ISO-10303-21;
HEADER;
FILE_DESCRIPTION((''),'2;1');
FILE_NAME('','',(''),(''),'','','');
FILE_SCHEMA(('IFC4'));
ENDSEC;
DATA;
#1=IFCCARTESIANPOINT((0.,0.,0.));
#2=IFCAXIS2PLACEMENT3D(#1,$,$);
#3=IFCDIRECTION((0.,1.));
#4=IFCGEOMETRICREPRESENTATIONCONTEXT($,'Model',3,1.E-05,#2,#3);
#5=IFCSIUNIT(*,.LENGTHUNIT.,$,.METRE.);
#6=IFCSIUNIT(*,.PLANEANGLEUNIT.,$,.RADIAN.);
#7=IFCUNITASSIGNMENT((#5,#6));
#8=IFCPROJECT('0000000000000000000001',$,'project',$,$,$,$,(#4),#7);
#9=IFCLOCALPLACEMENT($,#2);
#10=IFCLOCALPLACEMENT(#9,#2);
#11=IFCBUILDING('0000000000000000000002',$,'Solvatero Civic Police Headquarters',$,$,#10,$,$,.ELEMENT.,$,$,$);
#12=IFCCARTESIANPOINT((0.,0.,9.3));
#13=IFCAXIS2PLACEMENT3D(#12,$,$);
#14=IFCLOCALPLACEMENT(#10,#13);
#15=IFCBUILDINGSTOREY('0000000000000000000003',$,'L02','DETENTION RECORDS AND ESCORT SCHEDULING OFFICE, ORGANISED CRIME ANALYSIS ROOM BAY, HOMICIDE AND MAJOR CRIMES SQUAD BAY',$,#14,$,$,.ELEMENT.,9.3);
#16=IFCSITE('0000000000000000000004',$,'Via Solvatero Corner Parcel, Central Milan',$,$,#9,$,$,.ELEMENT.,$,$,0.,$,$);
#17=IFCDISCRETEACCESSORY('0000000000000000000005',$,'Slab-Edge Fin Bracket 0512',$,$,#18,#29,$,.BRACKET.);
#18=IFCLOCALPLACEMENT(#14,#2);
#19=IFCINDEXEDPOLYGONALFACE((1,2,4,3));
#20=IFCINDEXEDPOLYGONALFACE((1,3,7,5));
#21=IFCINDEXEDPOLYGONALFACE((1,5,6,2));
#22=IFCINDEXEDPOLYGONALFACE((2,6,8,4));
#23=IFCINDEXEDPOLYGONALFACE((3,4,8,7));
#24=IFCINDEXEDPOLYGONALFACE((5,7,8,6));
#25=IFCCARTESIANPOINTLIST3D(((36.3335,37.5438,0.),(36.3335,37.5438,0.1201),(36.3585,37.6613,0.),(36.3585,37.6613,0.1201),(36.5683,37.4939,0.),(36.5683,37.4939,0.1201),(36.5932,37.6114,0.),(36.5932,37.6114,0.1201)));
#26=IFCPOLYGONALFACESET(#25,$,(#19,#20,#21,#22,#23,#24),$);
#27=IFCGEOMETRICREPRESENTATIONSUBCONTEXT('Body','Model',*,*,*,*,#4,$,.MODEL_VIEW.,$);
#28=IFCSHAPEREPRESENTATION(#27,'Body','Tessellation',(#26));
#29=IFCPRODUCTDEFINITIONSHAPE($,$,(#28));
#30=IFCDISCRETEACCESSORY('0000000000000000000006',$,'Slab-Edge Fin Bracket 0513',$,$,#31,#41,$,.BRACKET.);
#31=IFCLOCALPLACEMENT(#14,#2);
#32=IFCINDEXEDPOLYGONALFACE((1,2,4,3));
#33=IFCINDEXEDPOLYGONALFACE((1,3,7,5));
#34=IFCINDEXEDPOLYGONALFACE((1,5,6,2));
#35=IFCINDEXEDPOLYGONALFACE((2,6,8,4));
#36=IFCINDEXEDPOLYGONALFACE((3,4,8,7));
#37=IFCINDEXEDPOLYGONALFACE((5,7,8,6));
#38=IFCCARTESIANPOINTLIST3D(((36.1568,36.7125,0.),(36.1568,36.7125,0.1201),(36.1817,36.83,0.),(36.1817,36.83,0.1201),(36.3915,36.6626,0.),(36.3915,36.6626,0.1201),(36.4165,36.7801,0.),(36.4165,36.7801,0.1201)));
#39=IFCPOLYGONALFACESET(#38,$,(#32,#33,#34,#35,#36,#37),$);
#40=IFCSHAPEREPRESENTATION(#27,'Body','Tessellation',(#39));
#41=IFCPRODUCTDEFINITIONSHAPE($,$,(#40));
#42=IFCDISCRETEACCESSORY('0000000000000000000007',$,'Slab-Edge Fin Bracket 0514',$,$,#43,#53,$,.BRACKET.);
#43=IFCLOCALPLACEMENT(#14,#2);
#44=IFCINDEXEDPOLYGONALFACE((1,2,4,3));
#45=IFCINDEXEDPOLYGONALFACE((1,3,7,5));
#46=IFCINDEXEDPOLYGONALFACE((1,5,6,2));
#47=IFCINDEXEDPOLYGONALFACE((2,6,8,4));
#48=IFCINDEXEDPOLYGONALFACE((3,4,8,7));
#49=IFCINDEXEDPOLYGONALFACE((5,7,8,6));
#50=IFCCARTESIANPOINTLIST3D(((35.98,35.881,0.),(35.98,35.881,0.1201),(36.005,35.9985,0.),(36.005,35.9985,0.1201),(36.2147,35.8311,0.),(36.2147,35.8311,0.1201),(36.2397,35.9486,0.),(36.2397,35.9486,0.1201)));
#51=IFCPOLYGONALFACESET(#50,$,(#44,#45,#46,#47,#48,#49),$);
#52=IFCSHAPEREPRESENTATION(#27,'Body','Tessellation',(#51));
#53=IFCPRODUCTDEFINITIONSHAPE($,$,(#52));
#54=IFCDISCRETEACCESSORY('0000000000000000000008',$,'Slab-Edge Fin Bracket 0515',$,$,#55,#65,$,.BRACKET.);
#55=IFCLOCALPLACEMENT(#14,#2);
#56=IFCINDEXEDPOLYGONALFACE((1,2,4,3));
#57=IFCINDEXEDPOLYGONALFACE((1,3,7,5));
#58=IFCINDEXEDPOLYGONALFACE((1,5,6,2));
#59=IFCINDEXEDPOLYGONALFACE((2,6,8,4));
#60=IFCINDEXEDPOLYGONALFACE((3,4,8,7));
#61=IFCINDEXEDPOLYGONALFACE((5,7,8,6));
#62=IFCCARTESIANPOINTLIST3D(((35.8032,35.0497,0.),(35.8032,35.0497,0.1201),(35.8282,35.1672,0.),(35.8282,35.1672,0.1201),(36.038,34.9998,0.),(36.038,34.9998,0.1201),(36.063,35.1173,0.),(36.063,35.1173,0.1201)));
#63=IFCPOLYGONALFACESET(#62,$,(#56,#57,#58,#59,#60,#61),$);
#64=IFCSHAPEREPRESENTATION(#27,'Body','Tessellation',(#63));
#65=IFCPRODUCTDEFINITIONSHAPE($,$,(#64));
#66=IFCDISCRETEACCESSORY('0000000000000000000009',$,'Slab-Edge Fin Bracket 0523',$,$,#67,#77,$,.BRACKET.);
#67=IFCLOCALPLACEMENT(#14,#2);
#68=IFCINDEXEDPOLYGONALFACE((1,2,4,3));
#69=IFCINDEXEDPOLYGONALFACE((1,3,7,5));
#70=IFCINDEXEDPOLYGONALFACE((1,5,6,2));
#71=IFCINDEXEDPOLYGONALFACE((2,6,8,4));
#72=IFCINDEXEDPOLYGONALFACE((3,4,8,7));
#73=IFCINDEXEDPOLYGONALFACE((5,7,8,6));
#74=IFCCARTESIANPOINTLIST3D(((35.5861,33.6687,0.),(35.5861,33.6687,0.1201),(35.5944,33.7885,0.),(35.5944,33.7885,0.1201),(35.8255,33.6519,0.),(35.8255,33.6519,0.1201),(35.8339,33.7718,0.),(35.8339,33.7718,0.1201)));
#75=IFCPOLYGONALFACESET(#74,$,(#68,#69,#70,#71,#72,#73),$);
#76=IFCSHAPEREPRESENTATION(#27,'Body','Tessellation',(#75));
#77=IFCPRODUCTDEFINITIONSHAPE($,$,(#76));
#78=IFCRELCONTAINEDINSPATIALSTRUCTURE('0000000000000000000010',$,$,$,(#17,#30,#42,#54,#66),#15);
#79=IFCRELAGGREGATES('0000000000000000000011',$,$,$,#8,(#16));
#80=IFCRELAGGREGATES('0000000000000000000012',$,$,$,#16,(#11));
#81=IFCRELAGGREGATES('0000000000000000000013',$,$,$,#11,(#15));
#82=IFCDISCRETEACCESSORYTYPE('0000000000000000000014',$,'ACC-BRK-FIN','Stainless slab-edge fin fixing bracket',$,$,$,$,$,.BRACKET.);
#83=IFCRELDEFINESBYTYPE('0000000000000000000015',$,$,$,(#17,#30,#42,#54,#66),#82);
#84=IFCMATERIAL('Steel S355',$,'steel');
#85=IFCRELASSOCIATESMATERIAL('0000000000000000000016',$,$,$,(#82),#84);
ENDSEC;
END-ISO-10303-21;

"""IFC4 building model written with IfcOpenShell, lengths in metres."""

from ifc_helpers import new_model, si_unit, direction, frame, origin, origin_2d, place, context, subcontext, project, spatial, rectangle, extrude, material, type_object, element, save


model = new_model("IFC4")

# Units and contexts
model_context = context("Model", 3, precision=1e-05, world=origin(), true_north=direction((0.0, 1.0)))
body_context = subcontext(model_context, "Body", "Model", "MODEL_VIEW")
ifc_project = project(units=[si_unit("LENGTHUNIT", "METRE"), si_unit("PLANEANGLEUNIT", "RADIAN")], contexts=[model_context])

# Site, building, storey
site_placement = place(None, origin())
site = spatial("IfcSite", under=ifc_project, at=site_placement, Name="Via Solvatero Corner Parcel, Central Milan", CompositionType="ELEMENT", RefElevation=0.0)
building_placement = place(site_placement, origin())
building = spatial("IfcBuilding", under=site, at=building_placement, Name="Solvatero Civic Police Headquarters", CompositionType="ELEMENT")
storey_placement = place(building_placement, frame((0.0, 0.0, 9.3)))
storey = spatial("IfcBuildingStorey", under=building, at=storey_placement, Name="L02", Description="DETENTION RECORDS AND ESCORT SCHEDULING OFFICE, ORGANISED CRIME ANALYSIS ROOM BAY, HOMICIDE AND MAJOR CRIMES SQUAD BAY", CompositionType="ELEMENT", Elevation=9.3)

# Shared definitions
ifc_material_1 = material(Name="Steel S355", Category="steel")

# Discrete accessories
discrete_accessory_type = type_object("IfcDiscreteAccessoryType", Name="ACC-BRK-FIN", Description="Stainless slab-edge fin fixing bracket", PredefinedType="BRACKET", material=ifc_material_1)
for number, where, z_axis, x_axis, name in (
    (1, (36.4634, 37.5776, 0.0), (0.0, 0.0, 1.0), (-0.207912, -0.978148, 0.0), "Slab-Edge Fin Bracket 0512"),
    (2, (36.2866, 36.7463, 0.0), (0.0, 0.0, 1.0), (-0.207912, -0.978148, 0.0), "Slab-Edge Fin Bracket 0513"),
    (3, (36.1099, 35.9148, 0.0), (0.0, 0.0, 1.0), (-0.207912, -0.978148, 0.0), "Slab-Edge Fin Bracket 0514"),
    (4, (35.9331, 35.0835, 0.0), (0.0, 0.0, 1.0), (-0.207912, -0.978148, 0.0), "Slab-Edge Fin Bracket 0515"),
    (5, (35.71, 33.7202, 0.0), (0.0, 0.0, 1.0), (-0.069756, -0.997564, 0.0), "Slab-Edge Fin Bracket 0523"),
):
    element("IfcDiscreteAccessory", number, at=place(storey_placement, frame(where, z_axis=z_axis, x_axis=x_axis)), inside=storey, type_object=discrete_accessory_type, Name=name, PredefinedType="BRACKET", context=body_context, shape_type="SweptSolid", body=[
        extrude(rectangle(XDim=0.1201, YDim=0.24, at=origin_2d()), origin(), (0.0, 0.0, 1.0), 0.1201),
    ])

save(model, "model.ifc")
